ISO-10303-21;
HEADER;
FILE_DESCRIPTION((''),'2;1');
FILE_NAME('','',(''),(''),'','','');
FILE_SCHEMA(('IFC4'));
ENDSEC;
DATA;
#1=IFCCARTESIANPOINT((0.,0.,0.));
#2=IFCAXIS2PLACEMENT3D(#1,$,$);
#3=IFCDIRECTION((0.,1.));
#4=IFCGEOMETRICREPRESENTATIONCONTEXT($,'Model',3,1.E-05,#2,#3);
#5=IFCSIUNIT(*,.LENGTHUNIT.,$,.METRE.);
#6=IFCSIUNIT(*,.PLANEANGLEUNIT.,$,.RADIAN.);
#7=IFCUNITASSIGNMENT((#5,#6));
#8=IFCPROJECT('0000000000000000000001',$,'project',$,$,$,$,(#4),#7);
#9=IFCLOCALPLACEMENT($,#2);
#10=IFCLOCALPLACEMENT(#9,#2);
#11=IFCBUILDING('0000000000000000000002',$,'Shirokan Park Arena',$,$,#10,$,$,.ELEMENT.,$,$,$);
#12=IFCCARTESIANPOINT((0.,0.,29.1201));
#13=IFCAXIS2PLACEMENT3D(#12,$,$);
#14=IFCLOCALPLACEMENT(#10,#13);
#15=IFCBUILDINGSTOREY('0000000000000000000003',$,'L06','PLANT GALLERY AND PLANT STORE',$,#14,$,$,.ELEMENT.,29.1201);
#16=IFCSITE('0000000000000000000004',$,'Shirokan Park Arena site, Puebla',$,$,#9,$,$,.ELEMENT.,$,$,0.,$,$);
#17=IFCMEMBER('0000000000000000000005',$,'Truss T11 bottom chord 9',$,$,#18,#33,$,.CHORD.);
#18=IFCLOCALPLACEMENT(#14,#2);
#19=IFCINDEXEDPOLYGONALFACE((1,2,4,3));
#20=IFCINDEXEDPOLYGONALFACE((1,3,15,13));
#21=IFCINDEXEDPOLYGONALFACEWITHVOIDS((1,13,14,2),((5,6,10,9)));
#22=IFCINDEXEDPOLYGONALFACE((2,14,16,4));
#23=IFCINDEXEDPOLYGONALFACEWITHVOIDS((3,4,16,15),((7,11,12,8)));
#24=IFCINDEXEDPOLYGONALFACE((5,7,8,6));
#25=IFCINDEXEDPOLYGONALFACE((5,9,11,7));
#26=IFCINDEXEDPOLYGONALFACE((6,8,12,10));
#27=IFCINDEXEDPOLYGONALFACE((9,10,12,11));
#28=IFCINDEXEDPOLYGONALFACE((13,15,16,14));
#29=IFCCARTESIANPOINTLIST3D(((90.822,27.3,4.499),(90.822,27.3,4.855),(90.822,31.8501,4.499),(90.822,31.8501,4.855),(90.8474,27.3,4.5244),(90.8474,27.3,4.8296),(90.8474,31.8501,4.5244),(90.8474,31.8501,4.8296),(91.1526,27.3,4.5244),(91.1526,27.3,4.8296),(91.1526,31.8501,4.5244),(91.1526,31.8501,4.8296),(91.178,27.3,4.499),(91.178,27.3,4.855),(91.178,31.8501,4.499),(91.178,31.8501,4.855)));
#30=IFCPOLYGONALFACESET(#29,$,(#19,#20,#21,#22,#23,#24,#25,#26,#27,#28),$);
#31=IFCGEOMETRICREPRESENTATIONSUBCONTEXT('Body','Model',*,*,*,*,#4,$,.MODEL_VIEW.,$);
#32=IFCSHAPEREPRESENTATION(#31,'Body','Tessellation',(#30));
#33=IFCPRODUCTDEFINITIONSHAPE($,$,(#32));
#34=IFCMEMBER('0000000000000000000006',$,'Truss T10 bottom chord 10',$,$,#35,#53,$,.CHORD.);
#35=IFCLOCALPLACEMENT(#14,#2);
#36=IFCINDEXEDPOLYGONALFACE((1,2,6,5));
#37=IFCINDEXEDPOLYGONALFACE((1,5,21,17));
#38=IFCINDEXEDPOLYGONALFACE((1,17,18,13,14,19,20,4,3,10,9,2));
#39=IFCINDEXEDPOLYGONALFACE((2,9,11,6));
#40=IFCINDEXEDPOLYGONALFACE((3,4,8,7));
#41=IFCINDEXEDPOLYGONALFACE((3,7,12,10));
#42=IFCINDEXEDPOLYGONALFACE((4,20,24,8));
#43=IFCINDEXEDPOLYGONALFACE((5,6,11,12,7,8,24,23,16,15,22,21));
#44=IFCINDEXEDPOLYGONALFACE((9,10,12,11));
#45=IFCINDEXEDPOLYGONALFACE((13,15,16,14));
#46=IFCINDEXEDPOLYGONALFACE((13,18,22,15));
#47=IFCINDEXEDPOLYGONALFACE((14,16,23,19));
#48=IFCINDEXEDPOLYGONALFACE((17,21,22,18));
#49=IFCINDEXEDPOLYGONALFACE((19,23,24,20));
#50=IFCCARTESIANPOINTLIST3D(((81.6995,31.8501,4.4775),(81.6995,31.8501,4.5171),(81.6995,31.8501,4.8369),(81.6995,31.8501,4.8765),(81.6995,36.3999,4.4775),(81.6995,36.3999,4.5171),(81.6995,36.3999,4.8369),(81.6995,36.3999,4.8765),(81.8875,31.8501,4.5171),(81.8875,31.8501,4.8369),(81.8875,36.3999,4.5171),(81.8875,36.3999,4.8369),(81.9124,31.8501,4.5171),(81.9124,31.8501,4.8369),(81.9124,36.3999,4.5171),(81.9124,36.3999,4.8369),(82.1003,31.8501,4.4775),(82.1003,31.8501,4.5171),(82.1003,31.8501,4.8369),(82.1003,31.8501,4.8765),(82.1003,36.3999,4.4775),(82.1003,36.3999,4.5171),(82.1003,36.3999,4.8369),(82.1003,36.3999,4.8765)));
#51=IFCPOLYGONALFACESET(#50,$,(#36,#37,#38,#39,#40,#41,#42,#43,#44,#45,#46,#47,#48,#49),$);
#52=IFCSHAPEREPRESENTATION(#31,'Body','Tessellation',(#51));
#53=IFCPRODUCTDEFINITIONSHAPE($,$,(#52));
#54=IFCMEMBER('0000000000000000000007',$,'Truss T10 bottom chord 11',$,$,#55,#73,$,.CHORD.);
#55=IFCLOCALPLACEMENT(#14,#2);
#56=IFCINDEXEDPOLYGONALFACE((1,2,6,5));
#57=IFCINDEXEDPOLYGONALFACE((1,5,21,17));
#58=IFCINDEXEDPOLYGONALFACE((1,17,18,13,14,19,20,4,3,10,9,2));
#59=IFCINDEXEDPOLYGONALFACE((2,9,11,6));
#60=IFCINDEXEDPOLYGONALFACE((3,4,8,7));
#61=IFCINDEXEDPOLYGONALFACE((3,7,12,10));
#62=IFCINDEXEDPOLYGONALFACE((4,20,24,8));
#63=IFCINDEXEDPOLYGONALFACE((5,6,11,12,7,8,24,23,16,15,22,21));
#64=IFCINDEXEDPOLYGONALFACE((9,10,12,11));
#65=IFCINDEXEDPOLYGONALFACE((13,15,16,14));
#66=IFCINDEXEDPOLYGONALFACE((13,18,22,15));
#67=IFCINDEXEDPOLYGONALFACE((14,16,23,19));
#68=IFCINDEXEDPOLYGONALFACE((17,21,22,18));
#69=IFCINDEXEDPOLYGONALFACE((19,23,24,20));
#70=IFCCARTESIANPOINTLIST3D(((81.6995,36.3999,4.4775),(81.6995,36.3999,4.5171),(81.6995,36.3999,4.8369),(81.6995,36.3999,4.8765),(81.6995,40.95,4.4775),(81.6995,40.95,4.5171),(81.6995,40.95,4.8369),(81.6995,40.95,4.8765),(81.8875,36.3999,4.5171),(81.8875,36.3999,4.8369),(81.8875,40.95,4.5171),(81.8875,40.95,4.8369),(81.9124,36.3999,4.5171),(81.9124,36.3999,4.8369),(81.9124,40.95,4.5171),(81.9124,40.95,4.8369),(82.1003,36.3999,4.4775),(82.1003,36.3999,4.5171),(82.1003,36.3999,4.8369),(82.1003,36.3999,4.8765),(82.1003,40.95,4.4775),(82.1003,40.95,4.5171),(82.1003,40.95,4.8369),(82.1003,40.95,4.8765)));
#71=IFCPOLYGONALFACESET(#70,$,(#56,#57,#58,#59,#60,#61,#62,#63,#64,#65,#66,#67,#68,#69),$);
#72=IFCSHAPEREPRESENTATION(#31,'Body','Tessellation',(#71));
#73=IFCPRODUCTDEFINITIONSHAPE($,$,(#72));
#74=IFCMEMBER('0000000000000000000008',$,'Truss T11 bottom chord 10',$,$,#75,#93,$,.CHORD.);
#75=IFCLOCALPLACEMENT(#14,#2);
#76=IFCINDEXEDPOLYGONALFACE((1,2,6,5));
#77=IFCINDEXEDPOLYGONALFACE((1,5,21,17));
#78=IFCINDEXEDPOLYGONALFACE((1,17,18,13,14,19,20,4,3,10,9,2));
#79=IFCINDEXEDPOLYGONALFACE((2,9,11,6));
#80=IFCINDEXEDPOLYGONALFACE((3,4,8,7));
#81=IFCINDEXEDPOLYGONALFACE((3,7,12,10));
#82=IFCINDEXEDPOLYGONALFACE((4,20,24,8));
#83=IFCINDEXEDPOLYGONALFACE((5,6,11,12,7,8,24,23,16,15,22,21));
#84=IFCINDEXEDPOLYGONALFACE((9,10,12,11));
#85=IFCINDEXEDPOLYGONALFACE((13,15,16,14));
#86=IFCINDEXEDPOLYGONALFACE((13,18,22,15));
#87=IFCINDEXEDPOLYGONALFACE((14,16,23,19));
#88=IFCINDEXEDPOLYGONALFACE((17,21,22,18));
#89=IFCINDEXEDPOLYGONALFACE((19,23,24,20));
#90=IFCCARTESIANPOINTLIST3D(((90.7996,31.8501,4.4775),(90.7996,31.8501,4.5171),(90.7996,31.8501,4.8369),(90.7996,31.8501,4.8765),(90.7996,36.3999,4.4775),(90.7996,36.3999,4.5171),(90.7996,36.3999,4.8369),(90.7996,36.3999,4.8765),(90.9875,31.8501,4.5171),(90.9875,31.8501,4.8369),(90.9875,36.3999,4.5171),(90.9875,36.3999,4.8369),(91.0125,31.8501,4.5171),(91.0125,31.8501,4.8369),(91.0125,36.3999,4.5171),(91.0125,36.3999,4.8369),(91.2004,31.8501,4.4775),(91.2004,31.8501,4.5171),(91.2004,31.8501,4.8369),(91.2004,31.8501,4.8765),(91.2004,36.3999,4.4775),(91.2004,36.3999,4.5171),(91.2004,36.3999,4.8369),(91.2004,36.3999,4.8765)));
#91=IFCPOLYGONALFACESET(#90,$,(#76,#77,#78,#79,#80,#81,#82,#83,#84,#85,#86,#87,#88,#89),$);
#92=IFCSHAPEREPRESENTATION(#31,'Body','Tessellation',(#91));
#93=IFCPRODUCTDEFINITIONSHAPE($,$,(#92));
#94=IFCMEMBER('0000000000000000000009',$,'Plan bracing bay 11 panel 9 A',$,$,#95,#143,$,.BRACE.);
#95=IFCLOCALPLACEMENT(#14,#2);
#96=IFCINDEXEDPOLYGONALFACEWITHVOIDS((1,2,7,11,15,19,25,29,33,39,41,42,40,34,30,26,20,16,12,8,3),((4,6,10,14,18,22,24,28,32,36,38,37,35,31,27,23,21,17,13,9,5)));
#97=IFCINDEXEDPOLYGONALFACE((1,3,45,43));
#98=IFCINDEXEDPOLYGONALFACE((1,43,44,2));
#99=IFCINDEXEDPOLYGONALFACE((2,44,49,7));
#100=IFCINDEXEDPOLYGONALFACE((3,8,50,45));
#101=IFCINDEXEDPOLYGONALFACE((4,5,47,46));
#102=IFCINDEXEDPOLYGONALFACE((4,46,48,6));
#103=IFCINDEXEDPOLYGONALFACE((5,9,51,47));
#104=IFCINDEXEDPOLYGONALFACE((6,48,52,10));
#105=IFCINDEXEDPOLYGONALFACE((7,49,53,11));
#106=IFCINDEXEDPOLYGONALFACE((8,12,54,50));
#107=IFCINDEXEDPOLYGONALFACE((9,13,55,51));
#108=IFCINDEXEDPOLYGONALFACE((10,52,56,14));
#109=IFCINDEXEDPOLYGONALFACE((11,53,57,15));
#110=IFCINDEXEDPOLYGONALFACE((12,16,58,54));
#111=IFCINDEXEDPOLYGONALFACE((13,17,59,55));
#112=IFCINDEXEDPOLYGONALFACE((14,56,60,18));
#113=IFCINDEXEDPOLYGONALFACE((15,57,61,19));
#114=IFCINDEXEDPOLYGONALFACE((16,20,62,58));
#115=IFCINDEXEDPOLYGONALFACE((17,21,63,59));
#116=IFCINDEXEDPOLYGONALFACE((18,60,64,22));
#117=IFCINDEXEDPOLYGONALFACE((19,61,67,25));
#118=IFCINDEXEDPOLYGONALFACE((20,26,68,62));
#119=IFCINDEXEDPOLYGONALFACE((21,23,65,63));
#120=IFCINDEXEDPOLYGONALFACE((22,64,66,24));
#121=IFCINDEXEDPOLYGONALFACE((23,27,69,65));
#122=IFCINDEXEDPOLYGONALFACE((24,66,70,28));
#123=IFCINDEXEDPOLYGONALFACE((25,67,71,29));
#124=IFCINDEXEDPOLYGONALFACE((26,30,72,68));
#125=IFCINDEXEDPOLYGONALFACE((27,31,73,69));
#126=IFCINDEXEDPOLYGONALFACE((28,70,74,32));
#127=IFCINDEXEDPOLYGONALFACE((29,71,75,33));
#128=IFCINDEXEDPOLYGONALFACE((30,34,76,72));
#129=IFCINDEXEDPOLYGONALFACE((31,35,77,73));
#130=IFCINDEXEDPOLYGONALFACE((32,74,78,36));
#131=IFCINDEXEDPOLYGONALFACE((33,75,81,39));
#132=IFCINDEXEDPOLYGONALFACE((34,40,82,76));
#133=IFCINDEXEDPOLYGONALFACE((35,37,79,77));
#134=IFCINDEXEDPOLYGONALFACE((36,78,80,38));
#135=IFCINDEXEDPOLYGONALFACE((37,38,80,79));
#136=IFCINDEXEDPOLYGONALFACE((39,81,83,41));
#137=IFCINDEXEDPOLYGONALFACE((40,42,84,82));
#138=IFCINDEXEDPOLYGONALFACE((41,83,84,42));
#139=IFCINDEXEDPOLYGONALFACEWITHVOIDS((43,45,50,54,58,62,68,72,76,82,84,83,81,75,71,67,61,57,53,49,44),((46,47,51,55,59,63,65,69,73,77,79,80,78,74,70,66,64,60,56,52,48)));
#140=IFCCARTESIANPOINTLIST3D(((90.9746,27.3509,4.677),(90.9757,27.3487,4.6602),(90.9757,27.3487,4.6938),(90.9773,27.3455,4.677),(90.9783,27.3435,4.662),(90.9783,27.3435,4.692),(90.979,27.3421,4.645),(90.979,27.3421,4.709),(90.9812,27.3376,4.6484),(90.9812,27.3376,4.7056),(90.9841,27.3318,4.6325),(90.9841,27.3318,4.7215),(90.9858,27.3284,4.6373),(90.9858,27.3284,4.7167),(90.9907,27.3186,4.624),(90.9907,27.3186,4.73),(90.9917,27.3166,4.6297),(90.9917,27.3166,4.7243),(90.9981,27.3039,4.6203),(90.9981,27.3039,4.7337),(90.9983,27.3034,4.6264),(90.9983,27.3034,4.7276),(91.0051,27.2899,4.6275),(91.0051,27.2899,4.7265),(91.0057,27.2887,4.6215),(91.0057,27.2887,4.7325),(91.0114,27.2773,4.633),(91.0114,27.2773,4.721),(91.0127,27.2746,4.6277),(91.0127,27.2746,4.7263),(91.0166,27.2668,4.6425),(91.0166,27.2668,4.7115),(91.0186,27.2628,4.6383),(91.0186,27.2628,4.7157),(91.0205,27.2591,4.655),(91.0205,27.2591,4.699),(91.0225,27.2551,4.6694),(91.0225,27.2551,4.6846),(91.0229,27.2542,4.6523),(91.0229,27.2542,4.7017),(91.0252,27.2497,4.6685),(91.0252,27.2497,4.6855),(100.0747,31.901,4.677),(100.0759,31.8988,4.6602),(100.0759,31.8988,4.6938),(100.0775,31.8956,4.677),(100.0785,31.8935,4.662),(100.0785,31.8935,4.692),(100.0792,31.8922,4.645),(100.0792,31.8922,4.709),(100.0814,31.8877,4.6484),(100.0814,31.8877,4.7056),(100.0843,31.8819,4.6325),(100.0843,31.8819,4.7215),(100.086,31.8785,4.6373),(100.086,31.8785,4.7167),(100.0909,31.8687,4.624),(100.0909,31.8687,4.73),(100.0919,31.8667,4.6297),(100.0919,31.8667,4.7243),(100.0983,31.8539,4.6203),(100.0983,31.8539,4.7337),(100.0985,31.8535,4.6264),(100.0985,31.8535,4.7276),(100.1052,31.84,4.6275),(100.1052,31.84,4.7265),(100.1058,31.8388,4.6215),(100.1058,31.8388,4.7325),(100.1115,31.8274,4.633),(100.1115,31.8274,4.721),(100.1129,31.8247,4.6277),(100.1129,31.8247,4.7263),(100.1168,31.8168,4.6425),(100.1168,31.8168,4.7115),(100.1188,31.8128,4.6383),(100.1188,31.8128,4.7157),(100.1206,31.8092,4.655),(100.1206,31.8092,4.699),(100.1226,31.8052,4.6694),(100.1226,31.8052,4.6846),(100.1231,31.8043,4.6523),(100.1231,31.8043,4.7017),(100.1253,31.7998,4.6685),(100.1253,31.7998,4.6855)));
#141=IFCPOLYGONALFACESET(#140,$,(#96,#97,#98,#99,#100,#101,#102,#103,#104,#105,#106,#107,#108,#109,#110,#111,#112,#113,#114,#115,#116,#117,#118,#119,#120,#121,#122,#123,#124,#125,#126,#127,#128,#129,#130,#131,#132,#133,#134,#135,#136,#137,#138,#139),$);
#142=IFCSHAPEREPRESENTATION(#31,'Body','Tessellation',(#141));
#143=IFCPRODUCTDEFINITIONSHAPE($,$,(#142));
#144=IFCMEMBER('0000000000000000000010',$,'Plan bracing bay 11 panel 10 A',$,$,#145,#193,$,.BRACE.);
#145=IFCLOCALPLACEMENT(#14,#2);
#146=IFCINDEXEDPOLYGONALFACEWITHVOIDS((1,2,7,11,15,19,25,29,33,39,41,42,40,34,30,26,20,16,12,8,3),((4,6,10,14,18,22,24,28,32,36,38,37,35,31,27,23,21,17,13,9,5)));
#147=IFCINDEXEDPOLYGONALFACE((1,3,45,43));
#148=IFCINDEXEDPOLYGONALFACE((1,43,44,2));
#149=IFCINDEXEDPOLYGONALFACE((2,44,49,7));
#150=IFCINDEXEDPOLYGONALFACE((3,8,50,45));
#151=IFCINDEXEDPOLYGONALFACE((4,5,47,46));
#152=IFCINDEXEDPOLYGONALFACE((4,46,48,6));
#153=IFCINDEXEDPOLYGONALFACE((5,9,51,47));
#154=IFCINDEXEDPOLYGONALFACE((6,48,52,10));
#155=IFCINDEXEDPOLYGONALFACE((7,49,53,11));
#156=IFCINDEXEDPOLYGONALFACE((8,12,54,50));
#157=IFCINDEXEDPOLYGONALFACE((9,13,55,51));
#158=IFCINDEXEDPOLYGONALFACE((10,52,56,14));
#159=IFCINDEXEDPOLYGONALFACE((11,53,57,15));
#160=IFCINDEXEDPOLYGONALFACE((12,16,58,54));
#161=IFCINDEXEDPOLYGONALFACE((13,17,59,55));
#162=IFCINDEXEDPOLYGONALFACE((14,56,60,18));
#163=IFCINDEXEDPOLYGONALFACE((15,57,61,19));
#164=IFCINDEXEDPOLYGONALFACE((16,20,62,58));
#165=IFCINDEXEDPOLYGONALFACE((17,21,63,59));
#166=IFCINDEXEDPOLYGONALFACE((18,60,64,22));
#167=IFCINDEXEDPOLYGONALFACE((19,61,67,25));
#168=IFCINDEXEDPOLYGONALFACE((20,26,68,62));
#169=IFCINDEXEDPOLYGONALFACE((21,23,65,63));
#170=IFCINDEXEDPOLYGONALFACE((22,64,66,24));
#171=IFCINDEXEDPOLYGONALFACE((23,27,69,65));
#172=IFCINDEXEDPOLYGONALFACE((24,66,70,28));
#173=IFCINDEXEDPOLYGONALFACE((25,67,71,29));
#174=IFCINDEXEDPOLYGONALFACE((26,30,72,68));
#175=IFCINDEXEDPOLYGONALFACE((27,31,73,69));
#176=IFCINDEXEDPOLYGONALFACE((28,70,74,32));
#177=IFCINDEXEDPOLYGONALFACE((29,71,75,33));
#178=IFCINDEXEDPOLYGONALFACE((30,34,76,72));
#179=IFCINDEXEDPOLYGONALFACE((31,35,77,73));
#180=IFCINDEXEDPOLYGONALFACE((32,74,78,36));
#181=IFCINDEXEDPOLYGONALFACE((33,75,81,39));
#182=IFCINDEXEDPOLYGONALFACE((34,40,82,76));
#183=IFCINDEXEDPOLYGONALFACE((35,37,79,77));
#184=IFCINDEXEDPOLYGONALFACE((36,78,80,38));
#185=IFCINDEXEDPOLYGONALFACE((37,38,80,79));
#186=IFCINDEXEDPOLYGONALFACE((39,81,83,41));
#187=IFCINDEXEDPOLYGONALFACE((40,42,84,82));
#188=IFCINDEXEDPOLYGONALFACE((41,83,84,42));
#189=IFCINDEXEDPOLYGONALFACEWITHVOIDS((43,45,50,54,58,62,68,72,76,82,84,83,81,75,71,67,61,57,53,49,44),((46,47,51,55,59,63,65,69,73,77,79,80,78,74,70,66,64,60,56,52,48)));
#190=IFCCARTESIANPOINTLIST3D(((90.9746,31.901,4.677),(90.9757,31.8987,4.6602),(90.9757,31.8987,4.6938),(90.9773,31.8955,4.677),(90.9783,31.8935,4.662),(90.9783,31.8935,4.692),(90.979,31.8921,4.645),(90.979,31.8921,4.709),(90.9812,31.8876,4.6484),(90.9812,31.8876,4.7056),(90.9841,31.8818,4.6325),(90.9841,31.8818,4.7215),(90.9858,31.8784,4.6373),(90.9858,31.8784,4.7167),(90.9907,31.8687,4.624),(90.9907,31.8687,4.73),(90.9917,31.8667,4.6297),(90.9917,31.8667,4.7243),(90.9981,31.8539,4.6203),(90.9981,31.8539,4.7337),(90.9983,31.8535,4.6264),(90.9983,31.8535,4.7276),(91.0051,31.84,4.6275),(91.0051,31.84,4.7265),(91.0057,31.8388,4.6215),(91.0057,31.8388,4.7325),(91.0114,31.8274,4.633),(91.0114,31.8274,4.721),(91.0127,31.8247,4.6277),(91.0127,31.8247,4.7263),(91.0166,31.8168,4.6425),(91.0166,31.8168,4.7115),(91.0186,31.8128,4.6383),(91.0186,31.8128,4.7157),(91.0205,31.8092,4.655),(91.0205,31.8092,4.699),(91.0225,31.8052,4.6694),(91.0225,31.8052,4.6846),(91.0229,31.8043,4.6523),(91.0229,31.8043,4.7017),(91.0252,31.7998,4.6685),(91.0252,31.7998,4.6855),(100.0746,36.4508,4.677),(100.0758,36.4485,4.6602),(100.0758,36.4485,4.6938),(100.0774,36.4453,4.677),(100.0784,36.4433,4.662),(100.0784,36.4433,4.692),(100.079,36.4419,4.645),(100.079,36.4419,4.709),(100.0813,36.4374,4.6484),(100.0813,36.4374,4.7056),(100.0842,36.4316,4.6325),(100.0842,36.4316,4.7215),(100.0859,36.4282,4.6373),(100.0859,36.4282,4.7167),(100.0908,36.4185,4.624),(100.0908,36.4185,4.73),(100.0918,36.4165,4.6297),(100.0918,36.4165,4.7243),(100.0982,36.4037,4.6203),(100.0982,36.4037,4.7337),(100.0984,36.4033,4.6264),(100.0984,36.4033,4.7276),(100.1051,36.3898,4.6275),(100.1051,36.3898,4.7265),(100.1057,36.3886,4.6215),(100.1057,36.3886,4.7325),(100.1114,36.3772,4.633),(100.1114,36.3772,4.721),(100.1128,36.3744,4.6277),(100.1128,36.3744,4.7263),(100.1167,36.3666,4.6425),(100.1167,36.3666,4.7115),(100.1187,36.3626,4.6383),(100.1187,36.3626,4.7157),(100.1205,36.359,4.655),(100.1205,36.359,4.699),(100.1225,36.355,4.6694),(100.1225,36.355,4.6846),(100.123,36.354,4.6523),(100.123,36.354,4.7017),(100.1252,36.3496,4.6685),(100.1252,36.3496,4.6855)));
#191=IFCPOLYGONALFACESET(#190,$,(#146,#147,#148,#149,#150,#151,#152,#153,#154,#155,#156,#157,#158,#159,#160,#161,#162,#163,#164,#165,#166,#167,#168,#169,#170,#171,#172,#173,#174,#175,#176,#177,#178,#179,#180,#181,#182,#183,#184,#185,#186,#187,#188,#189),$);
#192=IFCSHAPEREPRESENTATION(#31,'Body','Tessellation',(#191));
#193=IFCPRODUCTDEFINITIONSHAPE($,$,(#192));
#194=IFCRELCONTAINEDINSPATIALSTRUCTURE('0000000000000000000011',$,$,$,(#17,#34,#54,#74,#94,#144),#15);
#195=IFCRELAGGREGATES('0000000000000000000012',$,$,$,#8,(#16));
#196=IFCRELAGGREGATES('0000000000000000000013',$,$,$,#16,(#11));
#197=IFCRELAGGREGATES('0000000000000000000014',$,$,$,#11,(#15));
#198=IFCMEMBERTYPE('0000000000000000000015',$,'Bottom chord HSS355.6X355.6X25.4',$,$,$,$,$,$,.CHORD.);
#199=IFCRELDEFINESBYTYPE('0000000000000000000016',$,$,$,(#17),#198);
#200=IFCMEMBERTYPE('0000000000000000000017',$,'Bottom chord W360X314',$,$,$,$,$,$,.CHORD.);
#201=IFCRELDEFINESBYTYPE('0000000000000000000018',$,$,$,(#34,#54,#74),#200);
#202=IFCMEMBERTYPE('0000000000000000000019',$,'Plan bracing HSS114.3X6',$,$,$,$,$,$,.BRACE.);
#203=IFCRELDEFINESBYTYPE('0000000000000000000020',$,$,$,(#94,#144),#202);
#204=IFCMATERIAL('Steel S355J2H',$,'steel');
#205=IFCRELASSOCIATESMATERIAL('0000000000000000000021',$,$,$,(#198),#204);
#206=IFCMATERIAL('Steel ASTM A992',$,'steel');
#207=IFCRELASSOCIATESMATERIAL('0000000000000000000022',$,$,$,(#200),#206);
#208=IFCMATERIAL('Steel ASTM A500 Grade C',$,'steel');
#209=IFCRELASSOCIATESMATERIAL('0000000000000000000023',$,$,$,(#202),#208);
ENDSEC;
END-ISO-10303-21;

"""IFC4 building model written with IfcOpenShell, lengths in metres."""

from ifc_helpers import new_model, si_unit, direction, frame, origin, origin_2d, place, context, subcontext, project, spatial, hollow_rectangle, hollow_circle, i_section, extrude, material, material_profile, profile_set, type_object, element, save


model = new_model("IFC4")

# Units and contexts
model_context = context("Model", 3, precision=1e-05, world=origin(), true_north=direction((0.0, 1.0)))
body_context = subcontext(model_context, "Body", "Model", "MODEL_VIEW")
ifc_project = project(units=[si_unit("LENGTHUNIT", "METRE"), si_unit("PLANEANGLEUNIT", "RADIAN")], contexts=[model_context])

# Site, building, storey
site_placement = place(None, origin())
site = spatial("IfcSite", under=ifc_project, at=site_placement, Name="Shirokan Park Arena site, Puebla", CompositionType="ELEMENT", RefElevation=0.0)
building_placement = place(site_placement, origin())
building = spatial("IfcBuilding", under=site, at=building_placement, Name="Shirokan Park Arena", CompositionType="ELEMENT")
storey_placement = place(building_placement, frame((0.0, 0.0, 29.1201)))
storey = spatial("IfcBuildingStorey", under=building, at=storey_placement, Name="L06", Description="PLANT GALLERY AND PLANT STORE", CompositionType="ELEMENT", Elevation=29.1201)

# Members
ifc_material_1 = material(Name="Steel S355J2H", Category="steel")
ifc_material_profile_1 = material_profile(ifc_material_1, hollow_rectangle(XDim=0.356, YDim=0.356, WallThickness=0.0254, at=origin_2d()), Name="HSS355.6X355.6X25.4")
ifc_profile_set_1 = profile_set([ifc_material_profile_1], Name="Steel S355J2H")
member_type_1 = type_object("IfcMemberType", Name="Bottom chord HSS355.6X355.6X25.4", PredefinedType="CHORD", material=ifc_profile_set_1)
member_1_placement = place(storey_placement, frame((91.0, 27.3, 4.677), z_axis=(0.0, 1.0, 0.0), x_axis=(-1.0, 0.0, 0.0)))
element("IfcMember", 1, at=member_1_placement, inside=storey, type_object=member_type_1, Name="Truss T11 bottom chord 9", PredefinedType="CHORD", context=body_context, shape_type="SweptSolid", body=[
    extrude(hollow_rectangle(XDim=0.356, YDim=0.356, WallThickness=0.0254, at=origin_2d()), origin(), (0.0, 0.0, 1.0), 4.55),
])
ifc_material_2 = material(Name="Steel ASTM A992", Category="steel")
ifc_material_profile_2 = material_profile(ifc_material_2, i_section(OverallWidth=0.4009, OverallDepth=0.3989, WebThickness=0.0249, FlangeThickness=0.0396, at=origin_2d()), Name="W360X314")
ifc_profile_set_2 = profile_set([ifc_material_profile_2], Name="Steel ASTM A992")
member_type_2 = type_object("IfcMemberType", Name="Bottom chord W360X314", PredefinedType="CHORD", material=ifc_profile_set_2)
member_2_placement = place(storey_placement, frame((81.8999, 31.8501, 4.677), z_axis=(0.0, 1.0, 0.0), x_axis=(-1.0, 0.0, 0.0)))
element("IfcMember", 2, at=member_2_placement, inside=storey, type_object=member_type_2, Name="Truss T10 bottom chord 10", PredefinedType="CHORD", context=body_context, shape_type="SweptSolid", body=[
    extrude(i_section(OverallWidth=0.4009, OverallDepth=0.3989, WebThickness=0.0249, FlangeThickness=0.0396, at=origin_2d()), origin(), (0.0, 0.0, 1.0), 4.5498),
])
member_3_placement = place(storey_placement, frame((81.8999, 36.3999, 4.677), z_axis=(0.0, 1.0, 0.0), x_axis=(-1.0, 0.0, 0.0)))
element("IfcMember", 3, at=member_3_placement, inside=storey, type_object=member_type_2, Name="Truss T10 bottom chord 11", PredefinedType="CHORD", context=body_context, shape_type="SweptSolid", body=[
    extrude(i_section(OverallWidth=0.4009, OverallDepth=0.3989, WebThickness=0.0249, FlangeThickness=0.0396, at=origin_2d()), origin(), (0.0, 0.0, 1.0), 4.55),
])
member_4_placement = place(storey_placement, frame((91.0, 31.8501, 4.677), z_axis=(0.0, 1.0, 0.0), x_axis=(-1.0, 0.0, 0.0)))
element("IfcMember", 4, at=member_4_placement, inside=storey, type_object=member_type_2, Name="Truss T11 bottom chord 10", PredefinedType="CHORD", context=body_context, shape_type="SweptSolid", body=[
    extrude(i_section(OverallWidth=0.4009, OverallDepth=0.3989, WebThickness=0.0249, FlangeThickness=0.0396, at=origin_2d()), origin(), (0.0, 0.0, 1.0), 4.5498),
])
ifc_material_3 = material(Name="Steel ASTM A500 Grade C", Category="steel")
ifc_material_profile_3 = material_profile(ifc_material_3, hollow_circle(Radius=0.0569, WallThickness=0.0061, at=origin_2d()), Name="HSS114.3X6")
ifc_profile_set_3 = profile_set([ifc_material_profile_3], Name="Steel ASTM A500 Grade C")
member_type_3 = type_object("IfcMemberType", Name="Plan bracing HSS114.3X6", PredefinedType="BRACE", material=ifc_profile_set_3)
member_5_placement = place(storey_placement, frame((91.0, 27.3, 4.677), z_axis=(0.894427, 0.447214, 0.0), x_axis=(-0.447214, 0.894427, 0.0)))
element("IfcMember", 5, at=member_5_placement, inside=storey, type_object=member_type_3, Name="Plan bracing bay 11 panel 9 A", PredefinedType="BRACE", context=body_context, shape_type="SweptSolid", body=[
    extrude(hollow_circle(Radius=0.0569, WallThickness=0.0061, at=origin_2d()), origin(), (0.0, 0.0, 1.0), 10.1743),
])
member_6_placement = place(storey_placement, frame((91.0, 31.8501, 4.677), z_axis=(0.894437, 0.447194, 0.0), x_axis=(-0.447194, 0.894437, 0.0)))
element("IfcMember", 6, at=member_6_placement, inside=storey, type_object=member_type_3, Name="Plan bracing bay 11 panel 10 A", PredefinedType="BRACE", context=body_context, shape_type="SweptSolid", body=[
    extrude(hollow_circle(Radius=0.0569, WallThickness=0.0061, at=origin_2d()), origin(), (0.0, 0.0, 1.0), 10.1741),
])

save(model, "model.ifc")
